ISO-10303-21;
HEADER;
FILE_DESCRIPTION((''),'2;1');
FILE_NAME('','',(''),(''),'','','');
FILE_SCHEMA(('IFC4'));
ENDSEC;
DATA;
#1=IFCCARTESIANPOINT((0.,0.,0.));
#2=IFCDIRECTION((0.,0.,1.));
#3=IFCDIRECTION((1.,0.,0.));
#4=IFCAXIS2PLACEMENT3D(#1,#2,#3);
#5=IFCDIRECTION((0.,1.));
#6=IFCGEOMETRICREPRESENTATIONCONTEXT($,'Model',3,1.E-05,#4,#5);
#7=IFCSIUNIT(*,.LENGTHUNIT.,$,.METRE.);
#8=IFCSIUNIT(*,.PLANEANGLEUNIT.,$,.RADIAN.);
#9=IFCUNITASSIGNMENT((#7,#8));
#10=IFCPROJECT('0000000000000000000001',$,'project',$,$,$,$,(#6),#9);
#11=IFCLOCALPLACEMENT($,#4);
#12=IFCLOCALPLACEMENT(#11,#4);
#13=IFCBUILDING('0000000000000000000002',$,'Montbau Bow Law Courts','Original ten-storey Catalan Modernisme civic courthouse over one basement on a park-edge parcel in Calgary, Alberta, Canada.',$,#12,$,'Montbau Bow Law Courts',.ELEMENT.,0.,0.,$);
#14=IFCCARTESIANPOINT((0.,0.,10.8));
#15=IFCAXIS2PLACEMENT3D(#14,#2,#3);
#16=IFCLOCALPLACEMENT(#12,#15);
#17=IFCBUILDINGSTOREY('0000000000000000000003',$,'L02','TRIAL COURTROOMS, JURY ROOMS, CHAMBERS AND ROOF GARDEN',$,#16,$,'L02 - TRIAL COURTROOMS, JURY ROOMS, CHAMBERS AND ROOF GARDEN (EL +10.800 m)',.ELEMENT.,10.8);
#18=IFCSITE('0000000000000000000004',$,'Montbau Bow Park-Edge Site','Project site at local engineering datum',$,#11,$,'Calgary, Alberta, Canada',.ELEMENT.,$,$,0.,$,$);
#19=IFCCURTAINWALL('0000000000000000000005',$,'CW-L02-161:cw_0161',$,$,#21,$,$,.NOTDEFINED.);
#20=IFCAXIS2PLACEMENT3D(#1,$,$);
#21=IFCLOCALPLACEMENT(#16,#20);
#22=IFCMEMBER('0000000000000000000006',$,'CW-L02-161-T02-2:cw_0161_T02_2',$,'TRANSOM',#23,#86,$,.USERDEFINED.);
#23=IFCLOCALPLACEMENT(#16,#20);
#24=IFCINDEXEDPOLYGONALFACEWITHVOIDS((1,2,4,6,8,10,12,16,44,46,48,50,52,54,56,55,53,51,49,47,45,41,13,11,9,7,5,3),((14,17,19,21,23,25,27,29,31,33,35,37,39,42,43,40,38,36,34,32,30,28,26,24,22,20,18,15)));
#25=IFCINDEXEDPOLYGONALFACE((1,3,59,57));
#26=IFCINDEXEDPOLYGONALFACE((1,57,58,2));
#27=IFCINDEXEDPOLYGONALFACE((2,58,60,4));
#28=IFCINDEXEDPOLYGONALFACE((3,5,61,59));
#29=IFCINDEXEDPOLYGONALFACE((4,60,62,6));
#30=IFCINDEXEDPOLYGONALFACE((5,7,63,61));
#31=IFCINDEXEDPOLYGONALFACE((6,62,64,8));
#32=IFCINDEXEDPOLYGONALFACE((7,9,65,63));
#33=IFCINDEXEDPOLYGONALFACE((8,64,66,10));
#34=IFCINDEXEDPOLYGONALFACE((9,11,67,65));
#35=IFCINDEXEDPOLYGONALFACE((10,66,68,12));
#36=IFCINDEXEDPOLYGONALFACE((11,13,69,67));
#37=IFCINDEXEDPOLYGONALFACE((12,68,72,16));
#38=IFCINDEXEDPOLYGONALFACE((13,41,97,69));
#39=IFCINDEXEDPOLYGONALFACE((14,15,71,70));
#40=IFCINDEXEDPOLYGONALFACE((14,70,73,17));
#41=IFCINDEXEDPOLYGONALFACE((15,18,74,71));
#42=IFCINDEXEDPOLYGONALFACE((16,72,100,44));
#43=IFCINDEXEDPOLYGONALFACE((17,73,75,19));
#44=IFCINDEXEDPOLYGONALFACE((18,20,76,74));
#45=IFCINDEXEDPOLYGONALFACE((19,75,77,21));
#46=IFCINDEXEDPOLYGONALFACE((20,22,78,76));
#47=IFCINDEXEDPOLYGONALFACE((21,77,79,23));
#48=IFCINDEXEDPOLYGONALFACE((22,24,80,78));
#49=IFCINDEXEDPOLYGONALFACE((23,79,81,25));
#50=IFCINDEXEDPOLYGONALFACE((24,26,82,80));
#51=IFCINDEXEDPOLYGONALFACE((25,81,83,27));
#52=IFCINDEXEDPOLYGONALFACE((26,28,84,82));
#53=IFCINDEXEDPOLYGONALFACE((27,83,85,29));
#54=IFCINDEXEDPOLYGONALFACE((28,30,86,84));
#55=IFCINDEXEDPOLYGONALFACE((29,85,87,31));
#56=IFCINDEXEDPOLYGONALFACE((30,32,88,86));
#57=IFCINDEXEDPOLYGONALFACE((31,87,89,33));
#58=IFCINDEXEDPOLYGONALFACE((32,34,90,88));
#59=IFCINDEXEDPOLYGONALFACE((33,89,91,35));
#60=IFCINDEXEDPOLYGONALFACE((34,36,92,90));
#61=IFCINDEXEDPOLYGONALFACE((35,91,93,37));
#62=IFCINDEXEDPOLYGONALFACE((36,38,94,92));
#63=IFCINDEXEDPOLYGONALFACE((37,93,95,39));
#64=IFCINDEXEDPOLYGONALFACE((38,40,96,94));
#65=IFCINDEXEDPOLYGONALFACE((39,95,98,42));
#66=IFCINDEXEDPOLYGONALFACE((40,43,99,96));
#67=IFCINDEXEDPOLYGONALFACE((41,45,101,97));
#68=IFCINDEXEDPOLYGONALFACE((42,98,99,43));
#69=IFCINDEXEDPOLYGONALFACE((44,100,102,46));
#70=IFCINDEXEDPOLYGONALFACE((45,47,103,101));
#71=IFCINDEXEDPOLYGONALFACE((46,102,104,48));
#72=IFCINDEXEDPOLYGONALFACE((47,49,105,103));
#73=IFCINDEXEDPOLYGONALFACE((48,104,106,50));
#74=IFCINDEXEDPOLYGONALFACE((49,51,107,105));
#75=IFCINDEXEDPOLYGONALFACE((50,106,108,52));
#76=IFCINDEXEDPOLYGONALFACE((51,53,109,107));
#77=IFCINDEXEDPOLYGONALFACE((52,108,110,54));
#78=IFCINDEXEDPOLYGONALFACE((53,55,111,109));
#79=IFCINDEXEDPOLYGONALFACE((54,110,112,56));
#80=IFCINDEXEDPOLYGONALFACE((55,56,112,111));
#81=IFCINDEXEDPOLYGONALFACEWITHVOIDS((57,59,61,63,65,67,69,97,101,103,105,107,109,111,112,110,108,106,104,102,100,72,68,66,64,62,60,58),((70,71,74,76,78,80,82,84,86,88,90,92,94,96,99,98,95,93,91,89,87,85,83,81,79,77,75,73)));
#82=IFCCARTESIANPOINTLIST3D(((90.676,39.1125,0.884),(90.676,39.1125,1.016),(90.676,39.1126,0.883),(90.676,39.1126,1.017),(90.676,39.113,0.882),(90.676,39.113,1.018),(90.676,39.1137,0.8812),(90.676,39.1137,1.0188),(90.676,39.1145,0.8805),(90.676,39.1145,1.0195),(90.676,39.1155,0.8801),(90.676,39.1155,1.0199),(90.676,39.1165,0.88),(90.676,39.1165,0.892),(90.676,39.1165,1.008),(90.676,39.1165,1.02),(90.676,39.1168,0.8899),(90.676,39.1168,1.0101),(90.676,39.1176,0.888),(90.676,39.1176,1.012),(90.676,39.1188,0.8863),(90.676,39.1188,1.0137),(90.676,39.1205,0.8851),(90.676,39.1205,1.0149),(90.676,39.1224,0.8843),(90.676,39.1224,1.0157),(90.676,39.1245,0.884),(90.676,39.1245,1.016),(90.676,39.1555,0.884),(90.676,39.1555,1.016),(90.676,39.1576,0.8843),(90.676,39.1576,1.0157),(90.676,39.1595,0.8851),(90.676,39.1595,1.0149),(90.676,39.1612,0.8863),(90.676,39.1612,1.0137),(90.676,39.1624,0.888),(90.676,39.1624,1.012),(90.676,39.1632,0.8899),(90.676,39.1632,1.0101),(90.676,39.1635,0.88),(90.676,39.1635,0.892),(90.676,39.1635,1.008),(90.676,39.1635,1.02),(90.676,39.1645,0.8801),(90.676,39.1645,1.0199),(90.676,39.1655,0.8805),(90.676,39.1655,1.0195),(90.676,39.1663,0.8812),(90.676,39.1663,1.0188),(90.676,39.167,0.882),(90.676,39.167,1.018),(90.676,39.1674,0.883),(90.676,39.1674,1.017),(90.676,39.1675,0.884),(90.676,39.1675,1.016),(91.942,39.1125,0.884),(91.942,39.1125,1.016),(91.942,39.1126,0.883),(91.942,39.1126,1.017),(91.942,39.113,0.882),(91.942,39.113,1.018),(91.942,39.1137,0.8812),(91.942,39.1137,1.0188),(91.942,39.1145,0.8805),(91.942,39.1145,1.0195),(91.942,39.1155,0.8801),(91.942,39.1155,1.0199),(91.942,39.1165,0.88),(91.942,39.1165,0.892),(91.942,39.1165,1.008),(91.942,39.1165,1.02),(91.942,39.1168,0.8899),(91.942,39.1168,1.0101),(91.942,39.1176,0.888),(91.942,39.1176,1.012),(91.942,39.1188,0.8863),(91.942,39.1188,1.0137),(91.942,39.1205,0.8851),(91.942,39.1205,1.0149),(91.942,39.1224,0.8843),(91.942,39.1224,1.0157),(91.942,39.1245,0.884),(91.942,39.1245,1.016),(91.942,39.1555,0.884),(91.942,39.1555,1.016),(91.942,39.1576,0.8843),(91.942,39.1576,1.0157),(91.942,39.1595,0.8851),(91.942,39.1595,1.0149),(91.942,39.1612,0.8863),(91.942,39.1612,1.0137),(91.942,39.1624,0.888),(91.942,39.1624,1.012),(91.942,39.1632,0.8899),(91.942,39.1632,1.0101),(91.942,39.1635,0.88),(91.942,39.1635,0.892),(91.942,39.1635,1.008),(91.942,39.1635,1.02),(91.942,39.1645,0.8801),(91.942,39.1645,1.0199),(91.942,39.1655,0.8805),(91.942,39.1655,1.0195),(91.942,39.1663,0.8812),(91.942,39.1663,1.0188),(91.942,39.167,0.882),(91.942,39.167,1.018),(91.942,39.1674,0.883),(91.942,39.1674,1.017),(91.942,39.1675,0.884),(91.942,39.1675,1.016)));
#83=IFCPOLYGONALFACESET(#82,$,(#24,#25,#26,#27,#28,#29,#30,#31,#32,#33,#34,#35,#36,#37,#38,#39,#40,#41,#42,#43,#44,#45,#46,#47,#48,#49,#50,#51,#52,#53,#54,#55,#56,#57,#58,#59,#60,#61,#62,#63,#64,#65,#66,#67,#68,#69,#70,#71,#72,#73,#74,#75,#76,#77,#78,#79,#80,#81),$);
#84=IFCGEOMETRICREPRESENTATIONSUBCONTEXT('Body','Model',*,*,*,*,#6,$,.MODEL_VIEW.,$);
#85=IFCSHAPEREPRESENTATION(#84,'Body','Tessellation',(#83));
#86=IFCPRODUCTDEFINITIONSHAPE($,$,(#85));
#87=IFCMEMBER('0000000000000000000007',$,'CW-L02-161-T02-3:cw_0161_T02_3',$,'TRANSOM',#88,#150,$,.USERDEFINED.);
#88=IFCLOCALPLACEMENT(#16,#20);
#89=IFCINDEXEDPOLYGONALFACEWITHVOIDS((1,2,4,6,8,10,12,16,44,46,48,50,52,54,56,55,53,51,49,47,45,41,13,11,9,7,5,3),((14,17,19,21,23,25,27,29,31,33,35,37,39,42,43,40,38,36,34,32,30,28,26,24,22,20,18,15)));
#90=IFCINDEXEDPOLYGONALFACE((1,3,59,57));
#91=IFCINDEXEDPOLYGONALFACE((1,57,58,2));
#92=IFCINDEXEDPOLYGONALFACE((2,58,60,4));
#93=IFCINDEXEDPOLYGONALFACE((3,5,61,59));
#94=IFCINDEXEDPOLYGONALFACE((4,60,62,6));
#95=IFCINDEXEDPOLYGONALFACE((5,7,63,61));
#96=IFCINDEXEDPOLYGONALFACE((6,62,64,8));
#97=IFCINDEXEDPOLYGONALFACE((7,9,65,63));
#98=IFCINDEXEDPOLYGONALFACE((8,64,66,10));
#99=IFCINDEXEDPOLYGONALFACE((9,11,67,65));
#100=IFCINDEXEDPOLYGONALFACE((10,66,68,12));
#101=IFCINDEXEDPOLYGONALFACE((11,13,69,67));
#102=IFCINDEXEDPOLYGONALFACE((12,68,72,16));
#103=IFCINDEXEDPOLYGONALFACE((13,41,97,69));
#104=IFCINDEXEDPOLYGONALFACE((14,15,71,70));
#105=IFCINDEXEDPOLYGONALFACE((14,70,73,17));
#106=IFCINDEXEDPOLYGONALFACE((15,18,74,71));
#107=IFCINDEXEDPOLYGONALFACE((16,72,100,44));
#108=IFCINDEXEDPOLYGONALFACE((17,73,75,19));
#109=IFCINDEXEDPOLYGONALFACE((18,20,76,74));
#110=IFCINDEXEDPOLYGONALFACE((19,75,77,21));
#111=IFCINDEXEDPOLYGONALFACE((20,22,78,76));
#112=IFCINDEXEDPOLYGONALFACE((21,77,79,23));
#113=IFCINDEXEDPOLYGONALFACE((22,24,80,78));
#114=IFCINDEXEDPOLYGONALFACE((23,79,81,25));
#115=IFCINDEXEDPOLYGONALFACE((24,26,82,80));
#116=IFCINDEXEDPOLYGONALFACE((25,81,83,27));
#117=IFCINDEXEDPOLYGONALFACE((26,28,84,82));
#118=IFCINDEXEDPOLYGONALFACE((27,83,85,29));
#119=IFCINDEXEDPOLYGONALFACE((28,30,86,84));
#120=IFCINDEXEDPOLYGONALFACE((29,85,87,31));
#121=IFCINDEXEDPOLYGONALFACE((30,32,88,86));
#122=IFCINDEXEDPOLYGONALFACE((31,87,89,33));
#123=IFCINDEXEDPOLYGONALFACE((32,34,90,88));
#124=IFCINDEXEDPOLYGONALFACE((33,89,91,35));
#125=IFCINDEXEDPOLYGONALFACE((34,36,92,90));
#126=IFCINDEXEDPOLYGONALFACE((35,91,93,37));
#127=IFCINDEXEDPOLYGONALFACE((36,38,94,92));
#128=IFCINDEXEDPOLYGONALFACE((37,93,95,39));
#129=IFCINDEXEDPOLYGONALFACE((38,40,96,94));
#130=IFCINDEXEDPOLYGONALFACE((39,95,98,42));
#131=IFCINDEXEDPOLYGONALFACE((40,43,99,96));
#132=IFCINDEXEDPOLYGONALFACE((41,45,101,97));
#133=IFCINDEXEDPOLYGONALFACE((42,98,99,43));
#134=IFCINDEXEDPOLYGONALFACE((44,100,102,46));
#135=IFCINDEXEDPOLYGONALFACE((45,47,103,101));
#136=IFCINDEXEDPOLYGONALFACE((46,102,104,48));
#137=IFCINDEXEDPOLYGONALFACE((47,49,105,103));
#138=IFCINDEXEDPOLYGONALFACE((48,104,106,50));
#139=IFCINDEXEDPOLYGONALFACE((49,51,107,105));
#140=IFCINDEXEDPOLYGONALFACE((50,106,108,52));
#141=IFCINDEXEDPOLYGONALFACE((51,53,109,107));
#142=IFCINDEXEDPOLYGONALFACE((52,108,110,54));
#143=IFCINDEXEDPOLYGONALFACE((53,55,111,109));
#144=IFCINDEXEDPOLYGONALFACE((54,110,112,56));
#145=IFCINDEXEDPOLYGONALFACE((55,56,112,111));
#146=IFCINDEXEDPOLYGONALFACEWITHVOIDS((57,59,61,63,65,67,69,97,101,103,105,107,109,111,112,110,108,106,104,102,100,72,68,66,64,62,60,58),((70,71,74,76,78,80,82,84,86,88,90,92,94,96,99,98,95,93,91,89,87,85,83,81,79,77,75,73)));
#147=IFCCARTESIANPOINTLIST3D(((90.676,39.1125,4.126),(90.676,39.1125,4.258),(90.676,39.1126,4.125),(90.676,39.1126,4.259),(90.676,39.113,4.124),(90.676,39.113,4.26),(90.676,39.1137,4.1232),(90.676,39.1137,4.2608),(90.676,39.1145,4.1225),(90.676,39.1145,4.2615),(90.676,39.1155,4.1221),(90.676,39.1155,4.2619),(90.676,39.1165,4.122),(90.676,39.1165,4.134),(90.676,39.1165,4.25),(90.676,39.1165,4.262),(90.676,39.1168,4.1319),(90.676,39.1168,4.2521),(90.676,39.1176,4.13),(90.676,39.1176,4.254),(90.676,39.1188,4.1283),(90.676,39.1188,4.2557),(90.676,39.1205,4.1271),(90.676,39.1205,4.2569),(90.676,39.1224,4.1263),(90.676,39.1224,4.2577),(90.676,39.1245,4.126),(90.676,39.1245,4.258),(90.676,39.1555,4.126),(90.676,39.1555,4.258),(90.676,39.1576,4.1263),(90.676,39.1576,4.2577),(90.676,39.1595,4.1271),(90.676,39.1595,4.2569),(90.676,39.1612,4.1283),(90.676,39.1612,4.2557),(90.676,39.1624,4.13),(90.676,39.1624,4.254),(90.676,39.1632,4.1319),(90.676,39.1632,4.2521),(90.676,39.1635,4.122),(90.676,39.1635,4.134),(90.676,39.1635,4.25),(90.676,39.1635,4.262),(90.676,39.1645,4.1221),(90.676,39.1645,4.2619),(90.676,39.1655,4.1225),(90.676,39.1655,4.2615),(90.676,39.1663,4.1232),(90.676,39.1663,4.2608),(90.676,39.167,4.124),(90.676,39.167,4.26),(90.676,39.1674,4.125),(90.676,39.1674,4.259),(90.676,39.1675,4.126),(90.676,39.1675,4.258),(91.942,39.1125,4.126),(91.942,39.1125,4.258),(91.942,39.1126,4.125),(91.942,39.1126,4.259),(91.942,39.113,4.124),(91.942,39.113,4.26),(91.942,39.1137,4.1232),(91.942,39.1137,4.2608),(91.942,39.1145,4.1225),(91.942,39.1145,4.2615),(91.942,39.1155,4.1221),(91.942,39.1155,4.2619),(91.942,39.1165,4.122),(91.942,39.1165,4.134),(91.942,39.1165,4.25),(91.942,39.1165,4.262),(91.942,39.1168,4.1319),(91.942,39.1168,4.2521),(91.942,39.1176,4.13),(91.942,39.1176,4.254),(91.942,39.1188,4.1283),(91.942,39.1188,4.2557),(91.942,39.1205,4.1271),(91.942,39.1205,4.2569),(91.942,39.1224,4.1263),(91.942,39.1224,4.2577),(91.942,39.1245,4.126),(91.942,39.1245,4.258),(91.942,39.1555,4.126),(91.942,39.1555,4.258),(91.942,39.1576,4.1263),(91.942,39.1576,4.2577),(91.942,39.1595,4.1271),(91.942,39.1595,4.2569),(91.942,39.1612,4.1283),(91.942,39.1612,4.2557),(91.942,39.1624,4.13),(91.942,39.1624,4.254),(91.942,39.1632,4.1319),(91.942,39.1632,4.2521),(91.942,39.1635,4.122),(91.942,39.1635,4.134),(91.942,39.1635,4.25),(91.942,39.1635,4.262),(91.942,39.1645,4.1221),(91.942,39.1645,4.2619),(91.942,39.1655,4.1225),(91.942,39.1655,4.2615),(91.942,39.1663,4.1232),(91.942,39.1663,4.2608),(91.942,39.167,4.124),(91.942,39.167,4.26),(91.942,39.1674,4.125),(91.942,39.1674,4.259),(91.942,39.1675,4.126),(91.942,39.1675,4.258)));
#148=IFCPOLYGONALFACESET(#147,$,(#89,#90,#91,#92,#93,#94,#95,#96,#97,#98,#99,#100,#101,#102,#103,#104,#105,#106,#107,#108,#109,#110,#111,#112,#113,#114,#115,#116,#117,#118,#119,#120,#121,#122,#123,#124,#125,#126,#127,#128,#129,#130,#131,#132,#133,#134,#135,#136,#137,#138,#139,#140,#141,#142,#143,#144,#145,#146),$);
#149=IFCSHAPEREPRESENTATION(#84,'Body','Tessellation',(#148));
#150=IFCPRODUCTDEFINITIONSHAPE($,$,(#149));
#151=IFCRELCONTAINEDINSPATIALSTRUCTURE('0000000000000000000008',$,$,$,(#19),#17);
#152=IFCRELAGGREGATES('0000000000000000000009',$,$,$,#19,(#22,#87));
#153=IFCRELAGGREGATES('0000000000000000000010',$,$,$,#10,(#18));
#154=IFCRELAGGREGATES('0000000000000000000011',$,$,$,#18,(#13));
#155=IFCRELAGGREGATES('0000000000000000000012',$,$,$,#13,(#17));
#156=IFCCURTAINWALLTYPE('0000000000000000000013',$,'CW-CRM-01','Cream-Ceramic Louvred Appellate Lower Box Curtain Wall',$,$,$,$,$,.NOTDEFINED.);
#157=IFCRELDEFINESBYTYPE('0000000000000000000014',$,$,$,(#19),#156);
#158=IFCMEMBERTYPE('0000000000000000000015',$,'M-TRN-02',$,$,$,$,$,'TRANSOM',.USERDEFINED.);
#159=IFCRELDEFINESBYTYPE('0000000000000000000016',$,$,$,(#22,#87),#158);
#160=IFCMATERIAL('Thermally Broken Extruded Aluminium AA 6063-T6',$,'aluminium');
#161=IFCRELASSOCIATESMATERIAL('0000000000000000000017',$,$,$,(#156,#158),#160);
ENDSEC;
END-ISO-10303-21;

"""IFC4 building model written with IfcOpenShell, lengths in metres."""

from ifc_helpers import new_model, si_unit, direction, frame, origin_with_axes, origin_2d_with_axis, place, context, subcontext, project, spatial, hollow_rectangle, extrude, material, material_profile, profile_set, type_object, element, aggregate, save


model = new_model("IFC4")

# Units and contexts
model_context = context("Model", 3, precision=1e-05, world=origin_with_axes(), true_north=direction((0.0, 1.0)))
body_context = subcontext(model_context, "Body", "Model", "MODEL_VIEW")
ifc_project = project(units=[si_unit("LENGTHUNIT", "METRE"), si_unit("PLANEANGLEUNIT", "RADIAN")], contexts=[model_context])

# Site, building, storey
site_placement = place(None, origin_with_axes())
site = spatial("IfcSite", under=ifc_project, at=site_placement, Name="Montbau Bow Park-Edge Site", Description="Project site at local engineering datum", LongName="Calgary, Alberta, Canada", CompositionType="ELEMENT", RefElevation=0.0)
building_placement = place(site_placement, origin_with_axes())
building = spatial("IfcBuilding", under=site, at=building_placement, Name="Montbau Bow Law Courts", Description="Original ten-storey Catalan Modernisme civic courthouse over one basement on a park-edge parcel in Calgary, Alberta, Canada.", LongName="Montbau Bow Law Courts", CompositionType="ELEMENT", ElevationOfRefHeight=0.0, ElevationOfTerrain=0.0)
storey_placement = place(building_placement, frame((0.0, 0.0, 10.8), z_axis=(0.0, 0.0, 1.0), x_axis=(1.0, 0.0, 0.0)))
storey = spatial("IfcBuildingStorey", under=building, at=storey_placement, Name="L02", Description="TRIAL COURTROOMS, JURY ROOMS, CHAMBERS AND ROOF GARDEN", LongName="L02 - TRIAL COURTROOMS, JURY ROOMS, CHAMBERS AND ROOF GARDEN (EL +10.800 m)", CompositionType="ELEMENT", Elevation=10.8)

# Shared definitions
ifc_material_1 = material(Name="Thermally Broken Extruded Aluminium AA 6063-T6", Category="aluminium")
curtain_wall_type = type_object("IfcCurtainWallType", Name="CW-CRM-01", Description="Cream-Ceramic Louvred Appellate Lower Box Curtain Wall", PredefinedType="NOTDEFINED", material=ifc_material_1)

# Curtain wall
curtain_wall_1_placement = place(None, frame((89.315, 39.14, 10.8), z_axis=(0.0, 0.0, 1.0), x_axis=(1.0, 0.0, 0.0)))
curtain_wall_1 = element("IfcCurtainWall", 1, at=curtain_wall_1_placement, inside=storey, type_object=curtain_wall_type, Name="CW-L02-161:cw_0161", PredefinedType="NOTDEFINED")

# Members
ifc_material_profile_1 = material_profile(ifc_material_1, hollow_rectangle(XDim=0.055, YDim=0.14, WallThickness=0.004, InnerFilletRadius=0.008, OuterFilletRadius=0.004, at=origin_2d_with_axis()), Name="CWT-140X55", Category="Main", Priority=0)
ifc_profile_set_1 = profile_set([ifc_material_profile_1], Name="Thermally Broken Extruded Aluminium AA 6063-T6")
member_type_1 = type_object("IfcMemberType", Name="M-TRN-02", ElementType="TRANSOM", PredefinedType="USERDEFINED", material=ifc_profile_set_1)
member_1_placement = place(None, frame((90.676, 39.14, 11.75), z_axis=(1.0, 0.0, 0.0), x_axis=(0.0, 1.0, 0.0)))
member_1 = element("IfcMember", 2, at=member_1_placement, type_object=member_type_1, Name="CW-L02-161-T02-2:cw_0161_T02_2", ObjectType="TRANSOM", PredefinedType="USERDEFINED", context=body_context, shape_type="SweptSolid", body=[
    extrude(hollow_rectangle(XDim=0.055, YDim=0.14, WallThickness=0.004, InnerFilletRadius=0.008, OuterFilletRadius=0.004, at=origin_2d_with_axis()), origin_with_axes(), (0.0, 0.0, 1.0), 1.266),
])
member_2_placement = place(None, frame((90.676, 39.14, 14.992), z_axis=(1.0, 0.0, 0.0), x_axis=(0.0, 1.0, 0.0)))
member_2 = element("IfcMember", 3, at=member_2_placement, type_object=member_type_1, Name="CW-L02-161-T02-3:cw_0161_T02_3", ObjectType="TRANSOM", PredefinedType="USERDEFINED", context=body_context, shape_type="SweptSolid", body=[
    extrude(hollow_rectangle(XDim=0.055, YDim=0.14, WallThickness=0.004, InnerFilletRadius=0.008, OuterFilletRadius=0.004, at=origin_2d_with_axis()), origin_with_axes(), (0.0, 0.0, 1.0), 1.266),
])

aggregate(curtain_wall_1, [member_1, member_2])

save(model, "model.ifc")
